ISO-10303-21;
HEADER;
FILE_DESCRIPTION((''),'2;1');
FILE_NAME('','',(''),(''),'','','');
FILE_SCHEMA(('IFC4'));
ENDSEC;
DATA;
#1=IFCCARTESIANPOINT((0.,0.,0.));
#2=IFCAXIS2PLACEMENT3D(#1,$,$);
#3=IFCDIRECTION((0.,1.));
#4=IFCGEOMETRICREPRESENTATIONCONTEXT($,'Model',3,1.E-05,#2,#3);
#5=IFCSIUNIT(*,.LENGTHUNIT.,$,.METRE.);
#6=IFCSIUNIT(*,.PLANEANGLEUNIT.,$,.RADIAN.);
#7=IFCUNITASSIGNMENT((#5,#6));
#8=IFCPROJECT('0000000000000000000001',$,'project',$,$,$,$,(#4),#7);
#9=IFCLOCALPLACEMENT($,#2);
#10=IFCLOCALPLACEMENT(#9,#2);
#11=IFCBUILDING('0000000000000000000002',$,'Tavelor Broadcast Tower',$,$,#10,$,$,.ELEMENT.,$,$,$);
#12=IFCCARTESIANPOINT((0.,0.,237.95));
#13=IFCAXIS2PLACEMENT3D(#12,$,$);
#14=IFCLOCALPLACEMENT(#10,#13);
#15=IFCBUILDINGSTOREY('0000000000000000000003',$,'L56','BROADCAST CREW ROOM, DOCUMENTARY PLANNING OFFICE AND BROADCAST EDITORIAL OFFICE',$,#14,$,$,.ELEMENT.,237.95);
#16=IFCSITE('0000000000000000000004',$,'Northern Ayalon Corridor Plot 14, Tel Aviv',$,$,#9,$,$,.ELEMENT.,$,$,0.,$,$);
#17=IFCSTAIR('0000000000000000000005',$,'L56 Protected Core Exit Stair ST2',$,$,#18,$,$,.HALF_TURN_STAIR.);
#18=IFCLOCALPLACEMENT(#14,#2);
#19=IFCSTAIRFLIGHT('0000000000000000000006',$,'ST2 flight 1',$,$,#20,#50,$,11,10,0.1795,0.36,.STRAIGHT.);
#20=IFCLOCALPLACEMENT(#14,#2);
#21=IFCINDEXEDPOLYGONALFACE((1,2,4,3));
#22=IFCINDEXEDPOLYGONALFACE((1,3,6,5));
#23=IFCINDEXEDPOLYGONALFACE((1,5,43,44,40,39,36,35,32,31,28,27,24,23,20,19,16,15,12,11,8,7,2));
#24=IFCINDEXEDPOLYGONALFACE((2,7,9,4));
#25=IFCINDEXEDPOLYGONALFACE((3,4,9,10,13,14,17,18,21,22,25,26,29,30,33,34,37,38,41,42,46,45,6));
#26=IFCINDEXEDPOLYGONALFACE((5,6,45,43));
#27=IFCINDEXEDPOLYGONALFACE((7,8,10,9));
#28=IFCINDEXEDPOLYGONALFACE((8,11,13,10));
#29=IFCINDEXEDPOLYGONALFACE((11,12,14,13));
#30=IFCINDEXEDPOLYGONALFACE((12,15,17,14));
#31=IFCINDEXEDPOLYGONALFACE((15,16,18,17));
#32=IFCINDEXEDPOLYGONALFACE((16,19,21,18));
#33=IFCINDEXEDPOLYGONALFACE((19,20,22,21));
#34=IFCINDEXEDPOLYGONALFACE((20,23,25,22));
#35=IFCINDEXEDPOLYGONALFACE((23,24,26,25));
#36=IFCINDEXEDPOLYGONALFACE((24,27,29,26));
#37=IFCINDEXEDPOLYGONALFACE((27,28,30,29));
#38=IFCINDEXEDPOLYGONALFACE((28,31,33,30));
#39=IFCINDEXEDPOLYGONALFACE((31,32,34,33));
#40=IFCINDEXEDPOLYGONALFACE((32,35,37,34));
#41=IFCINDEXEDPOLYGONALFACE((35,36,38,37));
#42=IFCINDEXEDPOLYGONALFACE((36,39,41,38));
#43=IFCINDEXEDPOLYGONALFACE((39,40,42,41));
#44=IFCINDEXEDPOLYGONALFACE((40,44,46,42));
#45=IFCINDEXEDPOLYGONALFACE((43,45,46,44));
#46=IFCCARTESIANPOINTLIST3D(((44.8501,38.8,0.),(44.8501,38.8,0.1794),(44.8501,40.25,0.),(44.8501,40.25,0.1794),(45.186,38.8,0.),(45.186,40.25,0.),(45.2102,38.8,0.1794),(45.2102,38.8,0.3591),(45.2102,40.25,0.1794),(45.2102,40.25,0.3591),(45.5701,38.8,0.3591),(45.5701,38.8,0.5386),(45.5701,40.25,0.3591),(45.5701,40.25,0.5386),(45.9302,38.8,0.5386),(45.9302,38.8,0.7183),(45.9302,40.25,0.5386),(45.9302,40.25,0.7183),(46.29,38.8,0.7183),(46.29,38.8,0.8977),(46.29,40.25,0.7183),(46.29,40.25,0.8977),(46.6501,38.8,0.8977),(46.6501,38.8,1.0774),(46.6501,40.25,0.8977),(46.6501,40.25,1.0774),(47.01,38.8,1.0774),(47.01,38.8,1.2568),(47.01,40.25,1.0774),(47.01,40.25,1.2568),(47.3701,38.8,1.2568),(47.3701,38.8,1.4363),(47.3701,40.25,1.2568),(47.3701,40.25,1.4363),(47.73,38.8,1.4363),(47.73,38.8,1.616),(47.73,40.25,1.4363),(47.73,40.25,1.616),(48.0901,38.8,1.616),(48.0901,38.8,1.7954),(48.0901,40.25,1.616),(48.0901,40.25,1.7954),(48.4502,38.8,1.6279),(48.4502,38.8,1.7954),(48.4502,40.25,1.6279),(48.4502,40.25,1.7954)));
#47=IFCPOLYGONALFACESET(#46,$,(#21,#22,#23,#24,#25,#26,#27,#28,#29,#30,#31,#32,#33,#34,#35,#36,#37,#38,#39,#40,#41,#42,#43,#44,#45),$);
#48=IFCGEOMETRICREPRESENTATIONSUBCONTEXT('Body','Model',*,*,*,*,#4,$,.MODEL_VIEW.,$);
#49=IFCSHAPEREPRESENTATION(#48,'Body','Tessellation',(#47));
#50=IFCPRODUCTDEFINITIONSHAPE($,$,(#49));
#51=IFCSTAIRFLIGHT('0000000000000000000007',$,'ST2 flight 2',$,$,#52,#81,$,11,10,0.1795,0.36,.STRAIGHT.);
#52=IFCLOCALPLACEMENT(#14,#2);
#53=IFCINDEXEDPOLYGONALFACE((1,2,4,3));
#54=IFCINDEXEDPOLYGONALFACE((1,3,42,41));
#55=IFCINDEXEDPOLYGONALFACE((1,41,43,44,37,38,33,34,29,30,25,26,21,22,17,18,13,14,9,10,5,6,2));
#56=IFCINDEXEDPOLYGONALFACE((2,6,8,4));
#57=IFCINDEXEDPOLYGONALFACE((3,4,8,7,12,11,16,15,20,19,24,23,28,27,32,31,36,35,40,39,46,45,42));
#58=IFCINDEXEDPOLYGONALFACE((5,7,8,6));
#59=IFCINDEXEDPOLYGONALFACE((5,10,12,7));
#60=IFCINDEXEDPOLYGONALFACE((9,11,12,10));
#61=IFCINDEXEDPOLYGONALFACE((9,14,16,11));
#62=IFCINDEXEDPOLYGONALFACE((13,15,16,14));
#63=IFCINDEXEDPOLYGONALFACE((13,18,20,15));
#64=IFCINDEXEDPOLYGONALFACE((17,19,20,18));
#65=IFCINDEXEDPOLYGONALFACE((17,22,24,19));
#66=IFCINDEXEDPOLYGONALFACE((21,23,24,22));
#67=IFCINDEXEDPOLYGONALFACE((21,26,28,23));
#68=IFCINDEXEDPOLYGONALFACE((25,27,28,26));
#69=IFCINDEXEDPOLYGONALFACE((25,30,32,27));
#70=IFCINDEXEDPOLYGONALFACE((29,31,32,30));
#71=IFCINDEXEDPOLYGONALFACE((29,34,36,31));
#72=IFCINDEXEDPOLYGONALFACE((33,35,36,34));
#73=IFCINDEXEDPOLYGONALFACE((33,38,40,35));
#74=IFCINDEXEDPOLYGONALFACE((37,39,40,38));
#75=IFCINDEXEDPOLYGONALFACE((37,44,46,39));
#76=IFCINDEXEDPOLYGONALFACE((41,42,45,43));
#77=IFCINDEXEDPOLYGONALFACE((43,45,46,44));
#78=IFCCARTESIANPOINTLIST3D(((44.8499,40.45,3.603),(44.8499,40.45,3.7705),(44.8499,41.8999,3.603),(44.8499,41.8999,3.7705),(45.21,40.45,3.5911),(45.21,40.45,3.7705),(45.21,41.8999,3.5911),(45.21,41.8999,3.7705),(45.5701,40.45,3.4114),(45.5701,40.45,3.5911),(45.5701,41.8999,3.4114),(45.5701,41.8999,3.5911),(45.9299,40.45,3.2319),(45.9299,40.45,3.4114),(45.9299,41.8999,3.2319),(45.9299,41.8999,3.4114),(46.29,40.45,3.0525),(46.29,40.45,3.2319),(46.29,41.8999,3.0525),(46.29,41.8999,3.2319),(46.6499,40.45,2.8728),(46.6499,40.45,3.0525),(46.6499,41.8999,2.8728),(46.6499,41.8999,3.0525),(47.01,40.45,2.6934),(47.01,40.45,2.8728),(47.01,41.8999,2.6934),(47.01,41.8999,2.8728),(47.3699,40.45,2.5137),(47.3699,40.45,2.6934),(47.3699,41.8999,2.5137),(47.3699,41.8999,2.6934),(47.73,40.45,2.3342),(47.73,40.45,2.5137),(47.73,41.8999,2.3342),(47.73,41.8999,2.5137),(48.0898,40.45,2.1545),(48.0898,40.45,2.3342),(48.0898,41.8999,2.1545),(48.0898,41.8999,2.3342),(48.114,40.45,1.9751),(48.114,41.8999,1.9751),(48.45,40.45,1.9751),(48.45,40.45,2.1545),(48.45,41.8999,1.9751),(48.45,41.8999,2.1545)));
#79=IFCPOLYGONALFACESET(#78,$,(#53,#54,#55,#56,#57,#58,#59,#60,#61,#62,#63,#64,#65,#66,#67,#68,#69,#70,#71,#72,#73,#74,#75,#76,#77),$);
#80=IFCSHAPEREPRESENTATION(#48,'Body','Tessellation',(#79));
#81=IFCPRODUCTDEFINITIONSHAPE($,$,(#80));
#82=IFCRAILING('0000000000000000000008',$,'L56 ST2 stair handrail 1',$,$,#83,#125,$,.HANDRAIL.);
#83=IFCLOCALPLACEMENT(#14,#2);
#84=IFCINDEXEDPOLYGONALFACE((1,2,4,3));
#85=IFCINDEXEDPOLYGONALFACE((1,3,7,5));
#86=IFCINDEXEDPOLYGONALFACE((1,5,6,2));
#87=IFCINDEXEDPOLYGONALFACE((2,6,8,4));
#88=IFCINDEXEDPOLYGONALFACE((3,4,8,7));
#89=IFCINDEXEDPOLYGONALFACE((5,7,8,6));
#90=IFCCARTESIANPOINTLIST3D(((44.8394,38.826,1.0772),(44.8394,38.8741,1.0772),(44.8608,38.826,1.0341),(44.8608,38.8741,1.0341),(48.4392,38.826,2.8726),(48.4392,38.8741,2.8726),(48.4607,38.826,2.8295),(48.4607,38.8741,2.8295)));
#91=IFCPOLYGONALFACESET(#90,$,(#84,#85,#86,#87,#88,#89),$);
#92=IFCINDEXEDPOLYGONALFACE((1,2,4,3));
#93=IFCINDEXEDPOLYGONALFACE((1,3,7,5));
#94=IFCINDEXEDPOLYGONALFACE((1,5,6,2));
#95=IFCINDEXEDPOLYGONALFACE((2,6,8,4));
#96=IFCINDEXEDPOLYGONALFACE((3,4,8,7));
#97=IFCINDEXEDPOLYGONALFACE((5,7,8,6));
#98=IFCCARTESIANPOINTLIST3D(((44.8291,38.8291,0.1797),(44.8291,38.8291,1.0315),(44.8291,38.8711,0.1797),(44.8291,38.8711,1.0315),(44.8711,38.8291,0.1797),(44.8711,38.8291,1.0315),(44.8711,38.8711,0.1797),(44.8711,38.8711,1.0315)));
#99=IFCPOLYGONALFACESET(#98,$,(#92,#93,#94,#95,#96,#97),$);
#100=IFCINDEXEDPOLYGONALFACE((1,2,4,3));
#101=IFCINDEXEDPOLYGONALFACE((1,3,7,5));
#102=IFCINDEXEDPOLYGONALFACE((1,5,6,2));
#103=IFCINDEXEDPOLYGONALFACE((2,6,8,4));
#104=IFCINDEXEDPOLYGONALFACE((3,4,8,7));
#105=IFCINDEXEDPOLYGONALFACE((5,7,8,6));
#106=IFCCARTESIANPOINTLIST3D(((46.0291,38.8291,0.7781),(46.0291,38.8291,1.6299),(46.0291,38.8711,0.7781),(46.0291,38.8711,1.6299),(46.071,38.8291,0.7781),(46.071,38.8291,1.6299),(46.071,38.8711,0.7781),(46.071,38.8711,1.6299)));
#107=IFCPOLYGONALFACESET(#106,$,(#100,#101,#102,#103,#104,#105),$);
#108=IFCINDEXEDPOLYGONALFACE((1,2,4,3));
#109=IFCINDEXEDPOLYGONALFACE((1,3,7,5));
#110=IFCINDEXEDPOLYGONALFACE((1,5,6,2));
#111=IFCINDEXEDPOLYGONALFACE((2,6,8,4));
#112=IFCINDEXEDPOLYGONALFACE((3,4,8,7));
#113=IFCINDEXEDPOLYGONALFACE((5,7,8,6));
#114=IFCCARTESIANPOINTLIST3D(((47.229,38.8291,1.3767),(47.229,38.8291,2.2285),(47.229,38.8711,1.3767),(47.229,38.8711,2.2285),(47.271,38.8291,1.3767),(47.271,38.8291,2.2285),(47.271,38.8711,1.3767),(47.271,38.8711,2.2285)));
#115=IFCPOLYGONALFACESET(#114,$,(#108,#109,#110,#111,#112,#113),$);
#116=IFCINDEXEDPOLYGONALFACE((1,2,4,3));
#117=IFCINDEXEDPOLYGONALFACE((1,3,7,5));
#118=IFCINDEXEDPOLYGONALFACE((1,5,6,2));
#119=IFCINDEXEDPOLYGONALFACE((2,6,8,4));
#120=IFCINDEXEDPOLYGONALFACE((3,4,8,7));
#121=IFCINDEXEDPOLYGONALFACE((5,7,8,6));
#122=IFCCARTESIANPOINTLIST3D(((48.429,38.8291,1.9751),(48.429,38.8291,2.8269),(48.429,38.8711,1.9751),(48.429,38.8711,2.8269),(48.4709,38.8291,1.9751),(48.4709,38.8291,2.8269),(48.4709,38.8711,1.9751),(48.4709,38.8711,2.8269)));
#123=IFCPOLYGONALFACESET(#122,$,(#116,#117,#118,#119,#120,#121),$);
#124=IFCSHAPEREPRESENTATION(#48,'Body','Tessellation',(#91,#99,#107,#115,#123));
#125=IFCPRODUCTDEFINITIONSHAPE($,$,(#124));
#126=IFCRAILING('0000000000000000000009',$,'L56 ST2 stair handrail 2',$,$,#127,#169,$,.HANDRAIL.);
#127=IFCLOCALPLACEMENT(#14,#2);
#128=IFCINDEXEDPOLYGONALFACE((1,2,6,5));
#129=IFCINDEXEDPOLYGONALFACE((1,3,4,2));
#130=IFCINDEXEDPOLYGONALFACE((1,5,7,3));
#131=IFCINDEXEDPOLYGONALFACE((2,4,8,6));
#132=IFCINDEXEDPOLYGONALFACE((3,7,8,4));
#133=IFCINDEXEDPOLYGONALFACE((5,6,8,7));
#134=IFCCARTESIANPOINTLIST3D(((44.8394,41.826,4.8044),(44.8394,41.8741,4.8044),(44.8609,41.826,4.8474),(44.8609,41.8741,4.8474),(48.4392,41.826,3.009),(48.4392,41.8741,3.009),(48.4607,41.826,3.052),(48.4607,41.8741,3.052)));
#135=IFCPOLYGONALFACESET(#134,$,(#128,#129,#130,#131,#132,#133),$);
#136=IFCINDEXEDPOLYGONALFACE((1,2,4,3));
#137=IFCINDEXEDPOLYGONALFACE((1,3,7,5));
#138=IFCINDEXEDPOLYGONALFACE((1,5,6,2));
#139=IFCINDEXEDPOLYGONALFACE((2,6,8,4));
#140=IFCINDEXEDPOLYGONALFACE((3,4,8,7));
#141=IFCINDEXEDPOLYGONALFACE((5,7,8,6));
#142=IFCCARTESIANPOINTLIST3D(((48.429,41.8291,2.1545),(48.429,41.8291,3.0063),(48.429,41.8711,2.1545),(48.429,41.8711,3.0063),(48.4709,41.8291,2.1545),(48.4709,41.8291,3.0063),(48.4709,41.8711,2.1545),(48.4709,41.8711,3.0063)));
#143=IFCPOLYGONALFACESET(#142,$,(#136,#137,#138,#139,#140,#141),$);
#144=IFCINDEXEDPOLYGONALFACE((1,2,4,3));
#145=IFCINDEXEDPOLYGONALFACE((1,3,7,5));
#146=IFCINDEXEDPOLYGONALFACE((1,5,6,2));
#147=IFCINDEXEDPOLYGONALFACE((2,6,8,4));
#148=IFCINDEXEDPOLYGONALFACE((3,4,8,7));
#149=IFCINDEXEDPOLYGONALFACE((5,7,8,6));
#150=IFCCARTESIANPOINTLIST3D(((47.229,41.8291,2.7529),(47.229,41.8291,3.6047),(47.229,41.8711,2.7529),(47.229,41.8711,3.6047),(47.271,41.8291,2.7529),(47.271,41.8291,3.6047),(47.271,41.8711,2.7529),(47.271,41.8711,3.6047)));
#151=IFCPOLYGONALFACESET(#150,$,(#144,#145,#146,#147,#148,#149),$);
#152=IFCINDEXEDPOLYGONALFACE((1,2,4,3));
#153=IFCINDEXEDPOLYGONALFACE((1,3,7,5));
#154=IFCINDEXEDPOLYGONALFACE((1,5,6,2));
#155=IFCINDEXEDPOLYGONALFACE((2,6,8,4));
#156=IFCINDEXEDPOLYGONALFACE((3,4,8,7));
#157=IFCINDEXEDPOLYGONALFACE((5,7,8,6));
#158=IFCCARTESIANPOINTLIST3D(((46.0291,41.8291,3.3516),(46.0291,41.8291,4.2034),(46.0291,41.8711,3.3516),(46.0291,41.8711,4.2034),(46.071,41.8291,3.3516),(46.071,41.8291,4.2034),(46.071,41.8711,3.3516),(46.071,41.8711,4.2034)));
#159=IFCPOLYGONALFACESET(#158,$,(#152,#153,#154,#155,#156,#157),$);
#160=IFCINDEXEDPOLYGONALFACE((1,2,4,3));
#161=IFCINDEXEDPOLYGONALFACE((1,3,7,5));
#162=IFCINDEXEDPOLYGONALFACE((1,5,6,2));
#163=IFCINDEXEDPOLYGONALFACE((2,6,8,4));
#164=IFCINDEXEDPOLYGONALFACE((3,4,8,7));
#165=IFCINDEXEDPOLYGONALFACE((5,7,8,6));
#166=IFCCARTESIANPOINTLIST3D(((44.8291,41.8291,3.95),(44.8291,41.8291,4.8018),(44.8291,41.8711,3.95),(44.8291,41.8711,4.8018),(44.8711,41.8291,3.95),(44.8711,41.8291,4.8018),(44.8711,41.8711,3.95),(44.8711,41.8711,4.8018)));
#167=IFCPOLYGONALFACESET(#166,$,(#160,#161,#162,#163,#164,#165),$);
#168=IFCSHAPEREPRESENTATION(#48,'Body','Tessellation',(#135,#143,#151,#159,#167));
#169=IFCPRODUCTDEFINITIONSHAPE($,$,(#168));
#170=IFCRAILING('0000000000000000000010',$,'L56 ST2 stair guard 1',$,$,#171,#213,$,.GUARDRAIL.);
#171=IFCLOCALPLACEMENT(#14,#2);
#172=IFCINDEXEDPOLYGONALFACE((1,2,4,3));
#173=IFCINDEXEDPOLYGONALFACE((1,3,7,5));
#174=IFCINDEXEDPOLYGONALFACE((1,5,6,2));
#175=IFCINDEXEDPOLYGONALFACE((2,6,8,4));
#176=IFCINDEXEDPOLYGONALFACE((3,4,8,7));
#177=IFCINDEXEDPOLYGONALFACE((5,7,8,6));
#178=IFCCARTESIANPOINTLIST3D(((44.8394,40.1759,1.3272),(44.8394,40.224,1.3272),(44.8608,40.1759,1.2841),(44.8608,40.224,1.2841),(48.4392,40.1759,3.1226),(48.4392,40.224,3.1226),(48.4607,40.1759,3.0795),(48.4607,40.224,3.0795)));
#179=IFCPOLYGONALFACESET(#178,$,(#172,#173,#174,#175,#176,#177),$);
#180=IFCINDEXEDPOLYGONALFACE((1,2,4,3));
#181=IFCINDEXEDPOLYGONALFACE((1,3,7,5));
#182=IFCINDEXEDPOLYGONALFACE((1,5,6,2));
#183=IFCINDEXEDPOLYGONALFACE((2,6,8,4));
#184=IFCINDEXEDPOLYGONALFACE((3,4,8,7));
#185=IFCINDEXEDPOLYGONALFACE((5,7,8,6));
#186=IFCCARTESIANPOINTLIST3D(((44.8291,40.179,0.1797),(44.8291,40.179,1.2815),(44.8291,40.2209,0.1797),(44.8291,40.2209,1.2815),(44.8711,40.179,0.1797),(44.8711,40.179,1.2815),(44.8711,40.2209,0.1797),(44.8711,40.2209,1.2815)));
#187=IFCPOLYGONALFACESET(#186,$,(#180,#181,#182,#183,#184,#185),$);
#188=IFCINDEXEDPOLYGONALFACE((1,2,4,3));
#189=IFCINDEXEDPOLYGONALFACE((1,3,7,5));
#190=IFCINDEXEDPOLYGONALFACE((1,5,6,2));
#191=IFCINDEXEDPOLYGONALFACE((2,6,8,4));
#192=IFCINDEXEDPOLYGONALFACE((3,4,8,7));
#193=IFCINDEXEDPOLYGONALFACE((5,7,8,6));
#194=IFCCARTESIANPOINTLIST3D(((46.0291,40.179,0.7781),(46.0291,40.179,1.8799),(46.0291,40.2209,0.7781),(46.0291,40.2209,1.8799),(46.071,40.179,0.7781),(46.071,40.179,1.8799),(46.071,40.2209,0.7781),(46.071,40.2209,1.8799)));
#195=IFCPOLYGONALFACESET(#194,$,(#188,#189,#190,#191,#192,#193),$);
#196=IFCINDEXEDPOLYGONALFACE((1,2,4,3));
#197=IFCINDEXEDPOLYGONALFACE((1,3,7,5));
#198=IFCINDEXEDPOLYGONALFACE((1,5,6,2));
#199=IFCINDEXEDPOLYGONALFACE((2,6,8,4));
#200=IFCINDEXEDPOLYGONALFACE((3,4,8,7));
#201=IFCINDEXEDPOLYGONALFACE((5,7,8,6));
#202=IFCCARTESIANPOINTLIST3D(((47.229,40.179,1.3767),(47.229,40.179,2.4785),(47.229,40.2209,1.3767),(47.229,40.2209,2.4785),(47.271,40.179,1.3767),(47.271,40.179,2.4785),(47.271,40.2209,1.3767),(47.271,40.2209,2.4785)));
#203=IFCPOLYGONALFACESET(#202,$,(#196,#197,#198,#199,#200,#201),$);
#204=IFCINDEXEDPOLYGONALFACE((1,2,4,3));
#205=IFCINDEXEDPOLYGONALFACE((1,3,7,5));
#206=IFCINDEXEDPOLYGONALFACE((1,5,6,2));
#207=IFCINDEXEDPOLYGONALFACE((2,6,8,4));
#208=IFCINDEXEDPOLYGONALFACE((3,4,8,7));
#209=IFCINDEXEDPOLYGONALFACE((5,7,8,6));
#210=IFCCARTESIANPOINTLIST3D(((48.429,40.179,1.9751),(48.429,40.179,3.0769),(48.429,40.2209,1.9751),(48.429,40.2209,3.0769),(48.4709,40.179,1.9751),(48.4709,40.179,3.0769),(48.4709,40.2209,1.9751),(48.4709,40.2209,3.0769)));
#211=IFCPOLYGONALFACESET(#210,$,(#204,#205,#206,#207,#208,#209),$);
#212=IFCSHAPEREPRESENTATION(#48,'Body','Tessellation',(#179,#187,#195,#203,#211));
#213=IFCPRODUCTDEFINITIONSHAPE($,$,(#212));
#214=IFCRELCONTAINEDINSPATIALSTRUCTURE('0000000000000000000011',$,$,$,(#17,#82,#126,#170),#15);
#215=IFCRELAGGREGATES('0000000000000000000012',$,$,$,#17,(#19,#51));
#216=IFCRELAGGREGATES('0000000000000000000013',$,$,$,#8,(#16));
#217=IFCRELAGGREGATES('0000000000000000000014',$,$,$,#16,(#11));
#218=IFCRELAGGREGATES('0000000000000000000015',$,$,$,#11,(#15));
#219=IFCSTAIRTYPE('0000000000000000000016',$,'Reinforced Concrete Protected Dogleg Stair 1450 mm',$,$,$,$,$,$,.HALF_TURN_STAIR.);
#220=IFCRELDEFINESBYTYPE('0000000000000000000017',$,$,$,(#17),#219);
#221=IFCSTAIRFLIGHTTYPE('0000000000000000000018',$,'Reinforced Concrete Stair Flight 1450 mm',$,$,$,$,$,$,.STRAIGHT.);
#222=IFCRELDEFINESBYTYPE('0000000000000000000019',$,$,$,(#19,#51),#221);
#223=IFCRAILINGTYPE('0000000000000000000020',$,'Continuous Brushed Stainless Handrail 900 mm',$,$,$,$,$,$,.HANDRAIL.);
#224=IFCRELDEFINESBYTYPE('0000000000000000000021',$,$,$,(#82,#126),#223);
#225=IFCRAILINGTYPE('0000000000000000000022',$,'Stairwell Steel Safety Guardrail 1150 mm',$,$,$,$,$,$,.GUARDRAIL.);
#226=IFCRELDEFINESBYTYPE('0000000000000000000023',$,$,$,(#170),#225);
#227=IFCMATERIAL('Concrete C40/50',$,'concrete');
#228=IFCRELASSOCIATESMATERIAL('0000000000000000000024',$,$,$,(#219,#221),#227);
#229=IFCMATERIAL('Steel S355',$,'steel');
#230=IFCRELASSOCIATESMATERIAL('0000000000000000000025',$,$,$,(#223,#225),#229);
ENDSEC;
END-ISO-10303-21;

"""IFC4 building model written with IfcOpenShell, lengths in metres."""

from ifc_helpers import new_model, si_unit, direction, frame, origin, origin_2d, place, context, subcontext, project, spatial, polyline, rectangle, outline, extrude, material, type_object, element, aggregate, save


model = new_model("IFC4")

# Units and contexts
model_context = context("Model", 3, precision=1e-05, world=origin(), true_north=direction((0.0, 1.0)))
body_context = subcontext(model_context, "Body", "Model", "MODEL_VIEW")
ifc_project = project(units=[si_unit("LENGTHUNIT", "METRE"), si_unit("PLANEANGLEUNIT", "RADIAN")], contexts=[model_context])

# Site, building, storey
site_placement = place(None, origin())
site = spatial("IfcSite", under=ifc_project, at=site_placement, Name="Northern Ayalon Corridor Plot 14, Tel Aviv", CompositionType="ELEMENT", RefElevation=0.0)
building_placement = place(site_placement, origin())
building = spatial("IfcBuilding", under=site, at=building_placement, Name="Tavelor Broadcast Tower", CompositionType="ELEMENT")
storey_placement = place(building_placement, frame((0.0, 0.0, 237.95)))
storey = spatial("IfcBuildingStorey", under=building, at=storey_placement, Name="L56", Description="BROADCAST CREW ROOM, DOCUMENTARY PLANNING OFFICE AND BROADCAST EDITORIAL OFFICE", CompositionType="ELEMENT", Elevation=237.95)

# Shared definitions
ifc_material_1 = material(Name="Concrete C40/50", Category="concrete")
ifc_material_2 = material(Name="Steel S355", Category="steel")

# Stair, stair flights
stair_type = type_object("IfcStairType", Name="Reinforced Concrete Protected Dogleg Stair 1450 mm", PredefinedType="HALF_TURN_STAIR", material=ifc_material_1)
stair_placement = place(storey_placement, origin())
stair = element("IfcStair", 1, at=stair_placement, inside=storey, type_object=stair_type, Name="L56 Protected Core Exit Stair ST2", PredefinedType="HALF_TURN_STAIR")
stair_flight_type = type_object("IfcStairFlightType", Name="Reinforced Concrete Stair Flight 1450 mm", PredefinedType="STRAIGHT", material=ifc_material_1)
stair_flight_1_placement = place(storey_placement, frame((44.8501, 39.5249, 0.0), z_axis=(0.0, 0.0, 1.0), x_axis=(1.0, 0.0, 0.0)))
stair_flight_1 = element("IfcStairFlight", 2, at=stair_flight_1_placement, type_object=stair_flight_type, Name="ST2 flight 1", NumberOfRisers=11, NumberOfTreads=10, PredefinedType="STRAIGHT", RiserHeight=0.1795, TreadLength=0.36, context=body_context, shape_type="SweptSolid", body=[
    extrude(outline(polyline([(0.0, 0.0), (0.0, 0.1794), (0.3601, 0.1794), (0.3601, 0.3591), (0.72, 0.3591), (0.72, 0.5386), (1.0801, 0.5386), (1.0801, 0.7183), (1.4399, 0.7183), (1.4399, 0.8977), (1.8, 0.8977), (1.8, 1.0774), (2.1599, 1.0774), (2.1599, 1.2568), (2.52, 1.2568), (2.52, 1.4363), (2.8799, 1.4363), (2.8799, 1.616), (3.24, 1.616), (3.24, 1.7954), (3.6001, 1.7954), (3.6001, 1.9751), (3.6001, 1.6279), (0.3359, 0.0), (0.0, 0.0)])), frame((0.0, 0.7251, 0.0), z_axis=(0.0, -1.0, 0.0), x_axis=(1.0, 0.0, 0.0)), (0.0, 0.0, 1.0), 1.45),
])
stair_flight_2_placement = place(storey_placement, frame((48.45, 41.175, 1.9751), z_axis=(0.0, 0.0, 1.0), x_axis=(-1.0, 0.0, 0.0)))
stair_flight_2 = element("IfcStairFlight", 3, at=stair_flight_2_placement, type_object=stair_flight_type, Name="ST2 flight 2", NumberOfRisers=11, NumberOfTreads=10, PredefinedType="STRAIGHT", RiserHeight=0.1795, TreadLength=0.36, context=body_context, shape_type="SweptSolid", body=[
    extrude(outline(polyline([(0.0, 0.0), (0.0, 0.1794), (0.3601, 0.1794), (0.3601, 0.3591), (0.72, 0.3591), (0.72, 0.5386), (1.0801, 0.5386), (1.0801, 0.7183), (1.4399, 0.7183), (1.4399, 0.8977), (1.8, 0.8977), (1.8, 1.0774), (2.1599, 1.0774), (2.1599, 1.2568), (2.52, 1.2568), (2.52, 1.4363), (2.8799, 1.4363), (2.8799, 1.616), (3.24, 1.616), (3.24, 1.7954), (3.6001, 1.7954), (3.6001, 1.9751), (3.6001, 1.6279), (0.3359, 0.0), (0.0, 0.0)])), frame((0.0, 0.7251, 0.0), z_axis=(0.0, -1.0, 0.0), x_axis=(1.0, 0.0, 0.0)), (0.0, 0.0, 1.0), 1.45),
])
aggregate(stair, [stair_flight_1, stair_flight_2])

# Railings
railing_type_1 = type_object("IfcRailingType", Name="Continuous Brushed Stainless Handrail 900 mm", PredefinedType="HANDRAIL", material=ifc_material_2)
railing_1_placement = place(storey_placement, frame((44.8501, 38.8501, 0.1797)))
element("IfcRailing", 4, at=railing_1_placement, inside=storey, type_object=railing_type_1, Name="L56 ST2 stair handrail 1", PredefinedType="HANDRAIL", context=body_context, shape_type="SweptSolid", body=[
    extrude(rectangle(XDim=0.0481, YDim=0.0481, at=origin_2d()), frame((0.0, 0.0, 0.876), z_axis=(0.894876, 0.0, 0.446315), x_axis=(0.0, 1.0, 0.0)), (0.0, 0.0, 1.0), 4.0227),
    extrude(rectangle(XDim=0.042, YDim=0.042, at=origin_2d()), origin(), (0.0, 0.0, 1.0), 0.8518),
    extrude(rectangle(XDim=0.042, YDim=0.042, at=origin_2d()), frame((1.2, 0.0, 0.5984)), (0.0, 0.0, 1.0), 0.8518),
    extrude(rectangle(XDim=0.042, YDim=0.042, at=origin_2d()), frame((2.3999, 0.0, 1.197)), (0.0, 0.0, 1.0), 0.8518),
    extrude(rectangle(XDim=0.042, YDim=0.042, at=origin_2d()), frame((3.5999, 0.0, 1.7954)), (0.0, 0.0, 1.0), 0.8518),
])
railing_2_placement = place(storey_placement, frame((48.45, 41.8501, 2.1545)))
element("IfcRailing", 5, at=railing_2_placement, inside=storey, type_object=railing_type_1, Name="L56 ST2 stair handrail 2", PredefinedType="HANDRAIL", context=body_context, shape_type="SweptSolid", body=[
    extrude(rectangle(XDim=0.0481, YDim=0.0481, at=origin_2d()), frame((0.0, 0.0, 0.876), z_axis=(-0.894876, 0.0, 0.446315), x_axis=(0.0, -1.0, 0.0)), (0.0, 0.0, 1.0), 4.0227),
    extrude(rectangle(XDim=0.042, YDim=0.042, at=origin_2d()), origin(), (0.0, 0.0, 1.0), 0.8518),
    extrude(rectangle(XDim=0.042, YDim=0.042, at=origin_2d()), frame((-1.2, 0.0, 0.5984)), (0.0, 0.0, 1.0), 0.8518),
    extrude(rectangle(XDim=0.042, YDim=0.042, at=origin_2d()), frame((-2.3999, 0.0, 1.197)), (0.0, 0.0, 1.0), 0.8518),
    extrude(rectangle(XDim=0.042, YDim=0.042, at=origin_2d()), frame((-3.5999, 0.0, 1.7954)), (0.0, 0.0, 1.0), 0.8518),
])
railing_type_2 = type_object("IfcRailingType", Name="Stairwell Steel Safety Guardrail 1150 mm", PredefinedType="GUARDRAIL", material=ifc_material_2)
railing_3_placement = place(storey_placement, frame((44.8501, 40.2, 0.1797)))
element("IfcRailing", 6, at=railing_3_placement, inside=storey, type_object=railing_type_2, Name="L56 ST2 stair guard 1", PredefinedType="GUARDRAIL", context=body_context, shape_type="SweptSolid", body=[
    extrude(rectangle(XDim=0.0481, YDim=0.0481, at=origin_2d()), frame((0.0, 0.0, 1.126), z_axis=(0.894876, 0.0, 0.446315), x_axis=(0.0, 1.0, 0.0)), (0.0, 0.0, 1.0), 4.0227),
    extrude(rectangle(XDim=0.042, YDim=0.042, at=origin_2d()), origin(), (0.0, 0.0, 1.0), 1.1018),
    extrude(rectangle(XDim=0.042, YDim=0.042, at=origin_2d()), frame((1.2, 0.0, 0.5984)), (0.0, 0.0, 1.0), 1.1018),
    extrude(rectangle(XDim=0.042, YDim=0.042, at=origin_2d()), frame((2.3999, 0.0, 1.197)), (0.0, 0.0, 1.0), 1.1018),
    extrude(rectangle(XDim=0.042, YDim=0.042, at=origin_2d()), frame((3.5999, 0.0, 1.7954)), (0.0, 0.0, 1.0), 1.1018),
])

save(model, "model.ifc")
